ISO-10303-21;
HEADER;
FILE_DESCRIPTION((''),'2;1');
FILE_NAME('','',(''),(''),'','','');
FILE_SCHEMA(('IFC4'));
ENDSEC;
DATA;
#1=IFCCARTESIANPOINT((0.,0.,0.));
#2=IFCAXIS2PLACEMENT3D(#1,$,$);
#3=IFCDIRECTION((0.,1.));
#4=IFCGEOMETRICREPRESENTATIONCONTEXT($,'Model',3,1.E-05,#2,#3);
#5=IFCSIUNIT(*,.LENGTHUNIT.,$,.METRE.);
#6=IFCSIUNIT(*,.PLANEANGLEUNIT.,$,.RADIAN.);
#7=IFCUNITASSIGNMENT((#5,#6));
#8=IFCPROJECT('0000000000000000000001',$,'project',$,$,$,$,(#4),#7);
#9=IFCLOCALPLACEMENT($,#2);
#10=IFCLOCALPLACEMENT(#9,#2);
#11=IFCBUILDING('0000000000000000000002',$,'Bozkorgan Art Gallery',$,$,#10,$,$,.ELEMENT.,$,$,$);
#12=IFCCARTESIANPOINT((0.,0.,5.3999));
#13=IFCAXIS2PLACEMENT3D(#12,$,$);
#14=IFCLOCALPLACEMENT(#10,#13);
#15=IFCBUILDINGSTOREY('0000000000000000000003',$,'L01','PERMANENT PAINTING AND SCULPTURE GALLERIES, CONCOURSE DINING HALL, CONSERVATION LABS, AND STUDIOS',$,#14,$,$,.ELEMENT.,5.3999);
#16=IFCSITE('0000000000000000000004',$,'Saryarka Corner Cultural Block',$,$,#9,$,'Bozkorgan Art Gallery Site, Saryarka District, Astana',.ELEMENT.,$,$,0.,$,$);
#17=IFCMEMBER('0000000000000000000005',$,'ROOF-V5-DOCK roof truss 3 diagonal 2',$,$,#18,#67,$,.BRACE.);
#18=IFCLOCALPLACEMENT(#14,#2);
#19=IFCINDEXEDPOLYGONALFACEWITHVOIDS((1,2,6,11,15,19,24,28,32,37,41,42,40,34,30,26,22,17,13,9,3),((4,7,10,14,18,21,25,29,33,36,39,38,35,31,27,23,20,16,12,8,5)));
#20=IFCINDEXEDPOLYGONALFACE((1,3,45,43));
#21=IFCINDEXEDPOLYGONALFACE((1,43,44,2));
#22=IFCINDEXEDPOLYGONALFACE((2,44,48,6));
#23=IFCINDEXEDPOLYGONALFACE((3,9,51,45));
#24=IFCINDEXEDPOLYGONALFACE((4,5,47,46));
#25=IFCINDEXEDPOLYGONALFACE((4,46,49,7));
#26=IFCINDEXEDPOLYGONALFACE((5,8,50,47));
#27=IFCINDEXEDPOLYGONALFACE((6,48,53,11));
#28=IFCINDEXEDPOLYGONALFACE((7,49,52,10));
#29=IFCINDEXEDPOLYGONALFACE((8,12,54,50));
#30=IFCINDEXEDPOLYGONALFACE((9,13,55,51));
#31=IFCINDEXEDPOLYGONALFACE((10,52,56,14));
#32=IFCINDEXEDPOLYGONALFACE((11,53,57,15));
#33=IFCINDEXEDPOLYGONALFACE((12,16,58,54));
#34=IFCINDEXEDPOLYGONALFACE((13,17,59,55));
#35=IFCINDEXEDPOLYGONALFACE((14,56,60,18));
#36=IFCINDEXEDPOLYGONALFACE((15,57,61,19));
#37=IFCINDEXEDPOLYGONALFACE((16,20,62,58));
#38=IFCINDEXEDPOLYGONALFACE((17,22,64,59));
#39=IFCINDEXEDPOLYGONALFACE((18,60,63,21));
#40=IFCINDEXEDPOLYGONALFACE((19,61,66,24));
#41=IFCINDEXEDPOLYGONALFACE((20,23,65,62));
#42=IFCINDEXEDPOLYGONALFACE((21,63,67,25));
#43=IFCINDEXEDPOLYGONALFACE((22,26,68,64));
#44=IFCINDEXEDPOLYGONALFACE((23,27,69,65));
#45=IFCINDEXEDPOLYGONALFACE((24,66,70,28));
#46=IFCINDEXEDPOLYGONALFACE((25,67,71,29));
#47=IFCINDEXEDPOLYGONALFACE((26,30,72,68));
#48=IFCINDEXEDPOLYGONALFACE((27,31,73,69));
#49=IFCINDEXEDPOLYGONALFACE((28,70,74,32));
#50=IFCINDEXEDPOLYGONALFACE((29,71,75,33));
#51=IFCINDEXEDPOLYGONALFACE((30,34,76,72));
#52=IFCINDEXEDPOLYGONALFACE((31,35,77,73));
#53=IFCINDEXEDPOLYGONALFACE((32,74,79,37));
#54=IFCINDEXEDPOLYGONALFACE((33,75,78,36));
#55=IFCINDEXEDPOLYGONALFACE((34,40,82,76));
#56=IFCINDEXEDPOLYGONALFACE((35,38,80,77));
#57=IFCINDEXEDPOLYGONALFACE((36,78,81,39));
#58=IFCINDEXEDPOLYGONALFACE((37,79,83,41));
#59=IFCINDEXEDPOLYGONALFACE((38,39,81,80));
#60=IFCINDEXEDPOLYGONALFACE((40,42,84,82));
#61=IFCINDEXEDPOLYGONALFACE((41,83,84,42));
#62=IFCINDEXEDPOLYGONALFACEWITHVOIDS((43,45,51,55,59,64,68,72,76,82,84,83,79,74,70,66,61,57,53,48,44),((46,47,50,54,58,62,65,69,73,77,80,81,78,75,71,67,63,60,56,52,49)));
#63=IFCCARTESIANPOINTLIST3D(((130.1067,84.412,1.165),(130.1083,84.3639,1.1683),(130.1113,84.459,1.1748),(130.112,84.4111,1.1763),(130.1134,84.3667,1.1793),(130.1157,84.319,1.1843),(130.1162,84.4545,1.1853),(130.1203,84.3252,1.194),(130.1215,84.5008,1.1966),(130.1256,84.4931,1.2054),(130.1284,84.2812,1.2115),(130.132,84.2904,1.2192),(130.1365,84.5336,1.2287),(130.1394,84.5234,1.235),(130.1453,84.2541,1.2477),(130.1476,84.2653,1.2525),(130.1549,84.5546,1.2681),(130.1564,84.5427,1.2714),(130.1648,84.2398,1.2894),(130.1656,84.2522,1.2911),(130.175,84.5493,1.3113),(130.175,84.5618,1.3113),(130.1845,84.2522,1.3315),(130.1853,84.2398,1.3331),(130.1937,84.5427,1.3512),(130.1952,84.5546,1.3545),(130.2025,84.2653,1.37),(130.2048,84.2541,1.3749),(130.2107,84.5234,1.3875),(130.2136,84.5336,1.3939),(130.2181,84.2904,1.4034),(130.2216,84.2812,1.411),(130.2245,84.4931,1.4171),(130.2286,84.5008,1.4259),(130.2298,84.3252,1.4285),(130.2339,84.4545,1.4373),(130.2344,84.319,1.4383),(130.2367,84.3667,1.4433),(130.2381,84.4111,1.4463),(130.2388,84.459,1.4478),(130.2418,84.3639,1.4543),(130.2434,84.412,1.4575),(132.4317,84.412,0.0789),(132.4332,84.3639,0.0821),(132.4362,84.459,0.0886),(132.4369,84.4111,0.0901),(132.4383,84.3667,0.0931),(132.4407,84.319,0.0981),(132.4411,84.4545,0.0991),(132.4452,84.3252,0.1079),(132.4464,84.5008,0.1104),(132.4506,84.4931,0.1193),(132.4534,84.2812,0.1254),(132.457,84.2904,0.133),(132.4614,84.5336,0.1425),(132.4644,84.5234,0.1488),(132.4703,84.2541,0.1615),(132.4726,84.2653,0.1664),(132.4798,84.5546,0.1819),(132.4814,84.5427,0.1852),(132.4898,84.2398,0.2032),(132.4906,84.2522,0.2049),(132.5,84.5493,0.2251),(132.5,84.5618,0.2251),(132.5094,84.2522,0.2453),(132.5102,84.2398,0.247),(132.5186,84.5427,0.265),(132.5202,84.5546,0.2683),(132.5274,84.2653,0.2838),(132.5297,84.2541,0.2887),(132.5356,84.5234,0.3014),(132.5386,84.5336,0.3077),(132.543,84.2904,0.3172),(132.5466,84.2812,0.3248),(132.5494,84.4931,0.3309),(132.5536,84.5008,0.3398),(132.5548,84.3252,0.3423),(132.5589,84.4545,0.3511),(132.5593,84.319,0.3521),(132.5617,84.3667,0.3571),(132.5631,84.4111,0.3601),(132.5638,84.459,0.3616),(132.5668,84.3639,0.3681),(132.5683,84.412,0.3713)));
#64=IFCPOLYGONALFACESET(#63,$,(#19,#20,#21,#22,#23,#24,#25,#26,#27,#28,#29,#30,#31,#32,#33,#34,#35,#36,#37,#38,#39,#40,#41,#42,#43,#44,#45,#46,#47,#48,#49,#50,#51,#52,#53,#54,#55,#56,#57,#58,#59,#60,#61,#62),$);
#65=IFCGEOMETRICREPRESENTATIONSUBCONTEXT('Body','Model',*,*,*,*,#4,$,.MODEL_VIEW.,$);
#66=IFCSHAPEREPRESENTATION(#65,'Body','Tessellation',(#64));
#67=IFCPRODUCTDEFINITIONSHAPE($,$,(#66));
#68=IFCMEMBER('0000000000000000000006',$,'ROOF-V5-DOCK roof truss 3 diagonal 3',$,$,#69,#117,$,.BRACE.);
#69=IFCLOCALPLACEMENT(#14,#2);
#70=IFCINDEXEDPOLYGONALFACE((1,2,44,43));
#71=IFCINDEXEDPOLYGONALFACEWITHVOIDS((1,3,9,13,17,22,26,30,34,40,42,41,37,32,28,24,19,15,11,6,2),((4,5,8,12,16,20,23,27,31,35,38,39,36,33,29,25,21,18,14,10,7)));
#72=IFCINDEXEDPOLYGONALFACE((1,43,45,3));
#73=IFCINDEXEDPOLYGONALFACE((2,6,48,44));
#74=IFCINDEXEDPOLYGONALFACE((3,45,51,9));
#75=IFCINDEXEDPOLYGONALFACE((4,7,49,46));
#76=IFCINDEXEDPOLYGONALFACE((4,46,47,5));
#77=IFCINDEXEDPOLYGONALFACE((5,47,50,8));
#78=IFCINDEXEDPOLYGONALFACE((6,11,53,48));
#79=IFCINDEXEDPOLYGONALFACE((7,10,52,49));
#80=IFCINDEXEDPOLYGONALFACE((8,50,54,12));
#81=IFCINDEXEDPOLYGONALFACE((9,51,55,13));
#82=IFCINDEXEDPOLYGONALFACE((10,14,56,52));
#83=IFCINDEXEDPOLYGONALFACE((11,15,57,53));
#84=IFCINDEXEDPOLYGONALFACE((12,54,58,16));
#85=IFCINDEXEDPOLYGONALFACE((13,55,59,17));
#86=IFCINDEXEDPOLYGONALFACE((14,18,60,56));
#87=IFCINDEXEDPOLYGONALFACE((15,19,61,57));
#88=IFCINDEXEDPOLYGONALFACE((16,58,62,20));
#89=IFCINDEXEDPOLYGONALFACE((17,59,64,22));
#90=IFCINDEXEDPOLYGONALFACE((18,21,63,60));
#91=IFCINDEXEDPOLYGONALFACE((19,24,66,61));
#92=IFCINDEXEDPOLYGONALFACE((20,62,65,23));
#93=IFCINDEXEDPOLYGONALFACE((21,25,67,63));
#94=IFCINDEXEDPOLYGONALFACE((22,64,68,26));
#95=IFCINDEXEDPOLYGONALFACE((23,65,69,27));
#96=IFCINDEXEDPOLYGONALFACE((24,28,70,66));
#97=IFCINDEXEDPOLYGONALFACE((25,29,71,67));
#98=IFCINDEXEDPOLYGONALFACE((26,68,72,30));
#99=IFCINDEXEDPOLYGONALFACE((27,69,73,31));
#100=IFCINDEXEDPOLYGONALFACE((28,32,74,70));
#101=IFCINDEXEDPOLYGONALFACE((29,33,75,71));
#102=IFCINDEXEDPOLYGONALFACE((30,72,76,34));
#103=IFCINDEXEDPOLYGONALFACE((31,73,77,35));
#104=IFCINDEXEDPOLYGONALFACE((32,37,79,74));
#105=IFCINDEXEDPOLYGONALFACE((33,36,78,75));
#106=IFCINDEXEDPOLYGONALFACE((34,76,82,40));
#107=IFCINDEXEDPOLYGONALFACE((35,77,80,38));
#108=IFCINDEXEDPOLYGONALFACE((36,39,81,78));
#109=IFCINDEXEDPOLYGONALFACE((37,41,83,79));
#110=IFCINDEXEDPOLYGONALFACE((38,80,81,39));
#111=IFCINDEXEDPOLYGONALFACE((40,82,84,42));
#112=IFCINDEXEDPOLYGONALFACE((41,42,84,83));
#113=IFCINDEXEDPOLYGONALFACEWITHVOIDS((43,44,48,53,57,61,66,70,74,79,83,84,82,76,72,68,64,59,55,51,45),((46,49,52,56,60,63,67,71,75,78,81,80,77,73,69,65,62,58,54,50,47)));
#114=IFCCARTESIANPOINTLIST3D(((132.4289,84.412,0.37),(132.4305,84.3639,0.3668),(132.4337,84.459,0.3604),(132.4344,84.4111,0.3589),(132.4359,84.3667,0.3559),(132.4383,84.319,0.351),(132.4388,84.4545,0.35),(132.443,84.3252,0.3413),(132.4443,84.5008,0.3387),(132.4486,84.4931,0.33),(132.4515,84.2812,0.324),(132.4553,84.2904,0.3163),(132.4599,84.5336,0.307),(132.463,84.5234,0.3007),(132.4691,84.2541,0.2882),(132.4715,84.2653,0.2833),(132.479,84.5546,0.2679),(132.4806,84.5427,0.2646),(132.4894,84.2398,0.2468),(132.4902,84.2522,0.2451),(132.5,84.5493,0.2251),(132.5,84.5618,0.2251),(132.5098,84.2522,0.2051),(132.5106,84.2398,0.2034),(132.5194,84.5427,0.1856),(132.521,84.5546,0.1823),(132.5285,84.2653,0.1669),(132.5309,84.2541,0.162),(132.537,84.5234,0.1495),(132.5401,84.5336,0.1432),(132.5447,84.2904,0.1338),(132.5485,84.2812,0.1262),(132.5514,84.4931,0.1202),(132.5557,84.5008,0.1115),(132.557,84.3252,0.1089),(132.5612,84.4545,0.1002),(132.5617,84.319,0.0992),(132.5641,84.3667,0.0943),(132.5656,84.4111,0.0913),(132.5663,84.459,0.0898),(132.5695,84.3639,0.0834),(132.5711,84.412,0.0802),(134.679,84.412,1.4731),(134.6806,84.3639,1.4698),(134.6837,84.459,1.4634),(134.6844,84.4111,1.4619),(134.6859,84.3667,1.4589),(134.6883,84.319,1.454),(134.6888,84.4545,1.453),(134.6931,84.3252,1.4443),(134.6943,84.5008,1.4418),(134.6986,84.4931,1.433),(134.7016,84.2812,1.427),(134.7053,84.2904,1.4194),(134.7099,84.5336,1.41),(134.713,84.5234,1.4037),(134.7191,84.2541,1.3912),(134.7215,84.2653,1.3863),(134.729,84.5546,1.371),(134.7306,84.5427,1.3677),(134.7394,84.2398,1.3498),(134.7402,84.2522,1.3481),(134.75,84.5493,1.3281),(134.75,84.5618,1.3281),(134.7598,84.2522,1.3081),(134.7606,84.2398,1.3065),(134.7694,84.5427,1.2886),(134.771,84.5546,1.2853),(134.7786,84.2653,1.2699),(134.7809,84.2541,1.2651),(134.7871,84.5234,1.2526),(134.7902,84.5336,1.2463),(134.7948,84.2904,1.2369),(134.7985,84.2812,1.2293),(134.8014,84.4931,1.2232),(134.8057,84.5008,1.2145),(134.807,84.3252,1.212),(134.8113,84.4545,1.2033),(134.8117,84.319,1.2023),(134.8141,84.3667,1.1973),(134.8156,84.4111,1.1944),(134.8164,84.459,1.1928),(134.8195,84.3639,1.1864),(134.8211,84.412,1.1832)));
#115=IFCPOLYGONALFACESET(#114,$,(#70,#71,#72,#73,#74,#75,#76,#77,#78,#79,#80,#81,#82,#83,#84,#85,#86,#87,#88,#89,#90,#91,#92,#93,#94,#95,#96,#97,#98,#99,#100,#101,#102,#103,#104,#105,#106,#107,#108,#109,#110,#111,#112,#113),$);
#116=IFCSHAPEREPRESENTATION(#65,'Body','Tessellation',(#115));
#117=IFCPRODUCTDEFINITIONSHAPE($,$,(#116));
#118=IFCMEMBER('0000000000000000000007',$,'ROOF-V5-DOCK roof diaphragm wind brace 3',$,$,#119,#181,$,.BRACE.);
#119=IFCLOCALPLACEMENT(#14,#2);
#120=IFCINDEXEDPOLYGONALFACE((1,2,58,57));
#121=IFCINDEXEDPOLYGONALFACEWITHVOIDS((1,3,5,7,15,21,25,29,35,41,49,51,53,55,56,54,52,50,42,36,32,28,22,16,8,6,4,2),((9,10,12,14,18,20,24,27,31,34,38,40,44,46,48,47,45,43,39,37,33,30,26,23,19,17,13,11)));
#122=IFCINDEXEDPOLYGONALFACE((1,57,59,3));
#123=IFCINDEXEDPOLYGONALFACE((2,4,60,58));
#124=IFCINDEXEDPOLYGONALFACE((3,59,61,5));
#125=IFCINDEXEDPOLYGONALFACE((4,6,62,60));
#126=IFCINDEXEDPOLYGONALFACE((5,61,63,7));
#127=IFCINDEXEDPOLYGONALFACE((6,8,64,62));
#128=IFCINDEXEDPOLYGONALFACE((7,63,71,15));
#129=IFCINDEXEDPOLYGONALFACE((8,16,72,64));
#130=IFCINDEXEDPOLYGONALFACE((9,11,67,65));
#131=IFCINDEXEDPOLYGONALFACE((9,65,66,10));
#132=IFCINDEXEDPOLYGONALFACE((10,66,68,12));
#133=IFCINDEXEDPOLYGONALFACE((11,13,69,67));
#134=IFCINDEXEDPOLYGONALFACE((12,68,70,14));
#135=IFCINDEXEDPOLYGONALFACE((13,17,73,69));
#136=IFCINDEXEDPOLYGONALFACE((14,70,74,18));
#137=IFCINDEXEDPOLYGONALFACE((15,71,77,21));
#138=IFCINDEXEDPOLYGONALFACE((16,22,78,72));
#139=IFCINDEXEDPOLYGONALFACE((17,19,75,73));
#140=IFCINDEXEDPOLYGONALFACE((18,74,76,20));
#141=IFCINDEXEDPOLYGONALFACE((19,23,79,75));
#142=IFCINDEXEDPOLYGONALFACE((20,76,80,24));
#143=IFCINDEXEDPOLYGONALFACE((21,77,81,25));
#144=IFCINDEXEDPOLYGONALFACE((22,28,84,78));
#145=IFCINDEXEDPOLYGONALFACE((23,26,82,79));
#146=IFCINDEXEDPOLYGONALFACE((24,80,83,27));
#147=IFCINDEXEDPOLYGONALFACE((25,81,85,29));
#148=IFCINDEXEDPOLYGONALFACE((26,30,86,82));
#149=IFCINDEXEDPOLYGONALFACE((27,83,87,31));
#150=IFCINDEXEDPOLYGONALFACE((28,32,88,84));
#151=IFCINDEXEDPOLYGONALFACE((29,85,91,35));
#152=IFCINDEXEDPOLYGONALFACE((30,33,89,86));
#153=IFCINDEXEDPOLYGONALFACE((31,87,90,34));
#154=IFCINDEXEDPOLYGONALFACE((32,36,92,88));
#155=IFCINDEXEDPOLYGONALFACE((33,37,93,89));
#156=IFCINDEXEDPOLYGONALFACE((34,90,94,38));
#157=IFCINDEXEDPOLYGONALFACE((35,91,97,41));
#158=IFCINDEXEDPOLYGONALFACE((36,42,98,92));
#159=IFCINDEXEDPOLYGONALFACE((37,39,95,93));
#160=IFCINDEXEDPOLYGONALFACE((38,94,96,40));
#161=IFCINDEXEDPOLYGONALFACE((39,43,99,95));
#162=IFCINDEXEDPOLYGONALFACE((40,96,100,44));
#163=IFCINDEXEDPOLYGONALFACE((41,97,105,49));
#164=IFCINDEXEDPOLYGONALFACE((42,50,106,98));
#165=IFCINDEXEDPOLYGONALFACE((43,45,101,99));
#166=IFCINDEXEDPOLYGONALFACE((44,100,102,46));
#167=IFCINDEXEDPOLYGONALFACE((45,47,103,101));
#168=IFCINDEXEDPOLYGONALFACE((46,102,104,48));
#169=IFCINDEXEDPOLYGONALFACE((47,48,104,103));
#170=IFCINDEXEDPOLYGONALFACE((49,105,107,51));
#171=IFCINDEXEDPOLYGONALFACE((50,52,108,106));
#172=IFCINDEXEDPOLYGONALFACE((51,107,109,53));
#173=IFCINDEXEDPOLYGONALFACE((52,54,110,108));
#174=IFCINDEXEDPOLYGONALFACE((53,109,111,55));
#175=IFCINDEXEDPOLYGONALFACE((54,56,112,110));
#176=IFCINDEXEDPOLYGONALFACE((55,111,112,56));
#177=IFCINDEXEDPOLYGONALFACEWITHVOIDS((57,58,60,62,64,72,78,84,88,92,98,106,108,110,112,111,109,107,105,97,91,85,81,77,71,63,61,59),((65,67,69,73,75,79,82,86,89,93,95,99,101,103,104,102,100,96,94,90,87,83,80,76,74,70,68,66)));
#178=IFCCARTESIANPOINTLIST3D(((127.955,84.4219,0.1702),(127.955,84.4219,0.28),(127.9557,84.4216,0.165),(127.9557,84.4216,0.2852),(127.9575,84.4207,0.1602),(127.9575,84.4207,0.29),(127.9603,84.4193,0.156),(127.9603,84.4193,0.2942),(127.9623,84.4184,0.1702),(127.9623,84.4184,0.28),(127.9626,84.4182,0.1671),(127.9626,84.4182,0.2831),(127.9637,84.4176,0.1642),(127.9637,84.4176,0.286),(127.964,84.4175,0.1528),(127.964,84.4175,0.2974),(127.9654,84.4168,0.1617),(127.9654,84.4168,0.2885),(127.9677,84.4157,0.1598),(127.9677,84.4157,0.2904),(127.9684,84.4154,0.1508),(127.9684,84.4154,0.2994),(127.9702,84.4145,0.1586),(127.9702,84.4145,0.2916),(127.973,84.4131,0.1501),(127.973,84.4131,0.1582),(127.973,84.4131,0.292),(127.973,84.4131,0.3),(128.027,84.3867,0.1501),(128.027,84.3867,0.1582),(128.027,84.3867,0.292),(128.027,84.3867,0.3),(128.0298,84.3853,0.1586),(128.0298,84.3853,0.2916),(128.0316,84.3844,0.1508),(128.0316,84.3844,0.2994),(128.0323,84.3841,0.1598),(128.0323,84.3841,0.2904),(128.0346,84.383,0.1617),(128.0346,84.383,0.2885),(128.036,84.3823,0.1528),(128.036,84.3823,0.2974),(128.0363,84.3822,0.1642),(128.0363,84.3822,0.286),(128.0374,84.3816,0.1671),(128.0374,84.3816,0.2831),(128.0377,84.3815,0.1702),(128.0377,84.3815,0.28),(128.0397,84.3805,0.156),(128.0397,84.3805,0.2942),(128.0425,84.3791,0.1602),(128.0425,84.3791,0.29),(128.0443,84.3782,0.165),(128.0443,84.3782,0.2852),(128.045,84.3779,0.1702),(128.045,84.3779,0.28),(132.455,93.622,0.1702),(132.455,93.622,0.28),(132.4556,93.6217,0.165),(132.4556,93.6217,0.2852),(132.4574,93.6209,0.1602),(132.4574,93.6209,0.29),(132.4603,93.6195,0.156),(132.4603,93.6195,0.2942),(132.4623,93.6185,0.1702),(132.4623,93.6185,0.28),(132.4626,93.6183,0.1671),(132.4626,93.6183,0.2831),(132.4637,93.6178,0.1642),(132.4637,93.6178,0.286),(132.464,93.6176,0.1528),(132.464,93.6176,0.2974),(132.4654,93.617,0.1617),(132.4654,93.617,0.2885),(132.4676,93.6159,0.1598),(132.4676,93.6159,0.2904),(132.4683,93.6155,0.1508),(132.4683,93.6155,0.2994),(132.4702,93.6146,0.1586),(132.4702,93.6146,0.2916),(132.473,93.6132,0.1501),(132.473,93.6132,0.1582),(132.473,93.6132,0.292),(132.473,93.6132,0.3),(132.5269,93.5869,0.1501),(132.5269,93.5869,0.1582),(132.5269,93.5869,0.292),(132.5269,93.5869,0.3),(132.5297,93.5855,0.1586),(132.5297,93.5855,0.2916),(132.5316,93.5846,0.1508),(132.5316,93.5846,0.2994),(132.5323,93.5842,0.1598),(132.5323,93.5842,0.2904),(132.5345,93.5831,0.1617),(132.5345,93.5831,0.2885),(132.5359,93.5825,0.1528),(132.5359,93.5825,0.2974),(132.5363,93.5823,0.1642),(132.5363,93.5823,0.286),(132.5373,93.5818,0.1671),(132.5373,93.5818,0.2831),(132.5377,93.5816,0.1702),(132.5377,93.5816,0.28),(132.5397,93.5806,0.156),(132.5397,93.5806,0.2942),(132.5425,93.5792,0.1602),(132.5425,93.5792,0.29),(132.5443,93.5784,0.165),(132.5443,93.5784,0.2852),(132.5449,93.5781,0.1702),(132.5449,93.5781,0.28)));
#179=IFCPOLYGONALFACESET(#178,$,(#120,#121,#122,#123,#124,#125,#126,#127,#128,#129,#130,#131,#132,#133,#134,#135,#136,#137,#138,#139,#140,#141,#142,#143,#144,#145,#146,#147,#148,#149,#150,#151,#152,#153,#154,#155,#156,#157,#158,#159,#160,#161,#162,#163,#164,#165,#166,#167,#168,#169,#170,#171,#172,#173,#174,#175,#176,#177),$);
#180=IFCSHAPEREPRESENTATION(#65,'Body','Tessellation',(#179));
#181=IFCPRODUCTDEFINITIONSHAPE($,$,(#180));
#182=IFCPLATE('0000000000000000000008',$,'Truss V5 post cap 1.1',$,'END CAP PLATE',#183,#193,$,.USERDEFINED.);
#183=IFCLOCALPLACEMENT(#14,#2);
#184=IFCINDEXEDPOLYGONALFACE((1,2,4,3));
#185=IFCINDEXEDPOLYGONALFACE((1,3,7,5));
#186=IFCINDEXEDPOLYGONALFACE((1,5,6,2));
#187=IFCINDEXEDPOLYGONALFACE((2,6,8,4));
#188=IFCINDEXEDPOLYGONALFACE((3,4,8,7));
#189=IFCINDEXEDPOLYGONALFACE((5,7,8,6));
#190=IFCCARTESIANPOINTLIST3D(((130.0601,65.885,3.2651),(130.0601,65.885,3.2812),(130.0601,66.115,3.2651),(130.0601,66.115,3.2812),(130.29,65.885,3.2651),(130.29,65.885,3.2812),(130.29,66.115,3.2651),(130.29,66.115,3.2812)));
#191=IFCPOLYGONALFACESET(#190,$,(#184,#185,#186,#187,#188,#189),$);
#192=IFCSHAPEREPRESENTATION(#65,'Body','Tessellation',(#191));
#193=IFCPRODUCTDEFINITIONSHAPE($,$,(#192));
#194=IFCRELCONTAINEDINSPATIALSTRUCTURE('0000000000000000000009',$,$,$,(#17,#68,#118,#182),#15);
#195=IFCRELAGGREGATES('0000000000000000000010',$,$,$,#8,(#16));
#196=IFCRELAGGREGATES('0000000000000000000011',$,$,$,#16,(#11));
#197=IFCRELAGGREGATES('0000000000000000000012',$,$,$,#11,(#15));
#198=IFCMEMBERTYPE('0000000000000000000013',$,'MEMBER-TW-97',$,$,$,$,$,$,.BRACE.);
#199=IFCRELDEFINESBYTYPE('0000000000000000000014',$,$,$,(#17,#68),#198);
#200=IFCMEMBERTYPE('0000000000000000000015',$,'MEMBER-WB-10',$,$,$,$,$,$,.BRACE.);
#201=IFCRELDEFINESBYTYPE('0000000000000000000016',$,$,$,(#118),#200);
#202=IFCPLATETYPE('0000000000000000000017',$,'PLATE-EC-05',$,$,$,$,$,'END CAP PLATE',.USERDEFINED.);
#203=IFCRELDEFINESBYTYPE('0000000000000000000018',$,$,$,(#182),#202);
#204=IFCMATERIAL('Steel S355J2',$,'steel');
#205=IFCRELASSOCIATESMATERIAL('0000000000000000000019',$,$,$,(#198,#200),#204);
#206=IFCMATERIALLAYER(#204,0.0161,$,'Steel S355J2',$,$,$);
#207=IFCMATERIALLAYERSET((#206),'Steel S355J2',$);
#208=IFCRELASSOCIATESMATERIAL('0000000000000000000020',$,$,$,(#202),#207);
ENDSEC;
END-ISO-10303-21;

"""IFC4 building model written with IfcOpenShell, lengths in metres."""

from ifc_helpers import new_model, si_unit, direction, frame, origin, origin_2d, place, context, subcontext, project, spatial, rectangle, hollow_rectangle, hollow_circle, extrude, material, layer, layer_set, material_profile, profile_set, type_object, element, save


model = new_model("IFC4")

# Units and contexts
model_context = context("Model", 3, precision=1e-05, world=origin(), true_north=direction((0.0, 1.0)))
body_context = subcontext(model_context, "Body", "Model", "MODEL_VIEW")
ifc_project = project(units=[si_unit("LENGTHUNIT", "METRE"), si_unit("PLANEANGLEUNIT", "RADIAN")], contexts=[model_context])

# Site, building, storey
site_placement = place(None, origin())
site = spatial("IfcSite", under=ifc_project, at=site_placement, Name="Saryarka Corner Cultural Block", LongName="Bozkorgan Art Gallery Site, Saryarka District, Astana", CompositionType="ELEMENT", RefElevation=0.0)
building_placement = place(site_placement, origin())
building = spatial("IfcBuilding", under=site, at=building_placement, Name="Bozkorgan Art Gallery", CompositionType="ELEMENT")
storey_placement = place(building_placement, frame((0.0, 0.0, 5.3999)))
storey = spatial("IfcBuildingStorey", under=building, at=storey_placement, Name="L01", Description="PERMANENT PAINTING AND SCULPTURE GALLERIES, CONCOURSE DINING HALL, CONSERVATION LABS, AND STUDIOS", CompositionType="ELEMENT", Elevation=5.3999)

# Members
ifc_material_1 = material(Name="Steel S355J2", Category="steel")
ifc_material_profile_1 = material_profile(ifc_material_1, hollow_circle(Radius=0.1619, WallThickness=0.0125, at=origin_2d()), Name="CHS 323.9x12.5")
ifc_profile_set_1 = profile_set([ifc_material_profile_1], Name="Steel S355J2")
member_type_1 = type_object("IfcMemberType", Name="MEMBER-TW-97", PredefinedType="BRACE", material=ifc_profile_set_1)
member_1_placement = place(storey_placement, frame((130.175, 84.3999, 1.3113), z_axis=(0.906003, 0.0, -0.423271), x_axis=(0.0, 1.0, 0.0)))
element("IfcMember", 1, at=member_1_placement, inside=storey, type_object=member_type_1, Name="ROOF-V5-DOCK roof truss 3 diagonal 2", PredefinedType="BRACE", context=body_context, shape_type="SweptSolid", body=[
    extrude(hollow_circle(Radius=0.1619, WallThickness=0.0125, at=origin_2d()), origin(), (0.0, 0.0, 1.0), 2.5662),
])
member_2_placement = place(storey_placement, frame((132.5, 84.3999, 0.2251), z_axis=(0.897907, 0.0, 0.440185), x_axis=(0.0, 1.0, 0.0)))
element("IfcMember", 2, at=member_2_placement, inside=storey, type_object=member_type_1, Name="ROOF-V5-DOCK roof truss 3 diagonal 3", PredefinedType="BRACE", context=body_context, shape_type="SweptSolid", body=[
    extrude(hollow_circle(Radius=0.1619, WallThickness=0.0125, at=origin_2d()), origin(), (0.0, 0.0, 1.0), 2.5059),
])
ifc_material_profile_2 = material_profile(ifc_material_1, hollow_rectangle(XDim=0.1001, YDim=0.1499, WallThickness=0.0081, InnerFilletRadius=0.012, OuterFilletRadius=0.02, at=origin_2d()), Name="RHS 150x100x8")
ifc_profile_set_2 = profile_set([ifc_material_profile_2], Name="Steel S355J2")
member_type_2 = type_object("IfcMemberType", Name="MEMBER-WB-10", PredefinedType="BRACE", material=ifc_profile_set_2)
member_3_placement = place(storey_placement, frame((128.0, 84.3999, 0.2251), z_axis=(0.439378, 0.898302, 0.0), x_axis=(-0.898302, 0.439378, 0.0)))
element("IfcMember", 3, at=member_3_placement, inside=storey, type_object=member_type_2, Name="ROOF-V5-DOCK roof diaphragm wind brace 3", PredefinedType="BRACE", context=body_context, shape_type="SweptSolid", body=[
    extrude(hollow_rectangle(XDim=0.1001, YDim=0.1499, WallThickness=0.0081, InnerFilletRadius=0.012, OuterFilletRadius=0.02, at=origin_2d()), origin(), (0.0, 0.0, 1.0), 10.2417),
])

# Plate
ifc_layer_1 = layer(ifc_material_1, 0.0161, Name="Steel S355J2")
ifc_layer_set_1 = layer_set([ifc_layer_1], Name="Steel S355J2")
plate_type_1 = type_object("IfcPlateType", Name="PLATE-EC-05", ElementType="END CAP PLATE", PredefinedType="USERDEFINED", material=ifc_layer_set_1)
for number, where, z_axis, x_axis, name in (
    (4, (130.175, 66.0, 3.2651), (0.0, 0.0, 1.0), (1.0, 0.0, 0.0), "Truss V5 post cap 1.1"),
):
    element("IfcPlate", number, at=place(storey_placement, frame(where, z_axis=z_axis, x_axis=x_axis)), inside=storey, type_object=plate_type_1, Name=name, ObjectType="END CAP PLATE", PredefinedType="USERDEFINED", context=body_context, shape_type="SweptSolid", body=[
        extrude(rectangle(XDim=0.23, YDim=0.23, at=origin_2d()), origin(), (0.0, 0.0, 1.0), 0.0161),
    ])

save(model, "model.ifc")
